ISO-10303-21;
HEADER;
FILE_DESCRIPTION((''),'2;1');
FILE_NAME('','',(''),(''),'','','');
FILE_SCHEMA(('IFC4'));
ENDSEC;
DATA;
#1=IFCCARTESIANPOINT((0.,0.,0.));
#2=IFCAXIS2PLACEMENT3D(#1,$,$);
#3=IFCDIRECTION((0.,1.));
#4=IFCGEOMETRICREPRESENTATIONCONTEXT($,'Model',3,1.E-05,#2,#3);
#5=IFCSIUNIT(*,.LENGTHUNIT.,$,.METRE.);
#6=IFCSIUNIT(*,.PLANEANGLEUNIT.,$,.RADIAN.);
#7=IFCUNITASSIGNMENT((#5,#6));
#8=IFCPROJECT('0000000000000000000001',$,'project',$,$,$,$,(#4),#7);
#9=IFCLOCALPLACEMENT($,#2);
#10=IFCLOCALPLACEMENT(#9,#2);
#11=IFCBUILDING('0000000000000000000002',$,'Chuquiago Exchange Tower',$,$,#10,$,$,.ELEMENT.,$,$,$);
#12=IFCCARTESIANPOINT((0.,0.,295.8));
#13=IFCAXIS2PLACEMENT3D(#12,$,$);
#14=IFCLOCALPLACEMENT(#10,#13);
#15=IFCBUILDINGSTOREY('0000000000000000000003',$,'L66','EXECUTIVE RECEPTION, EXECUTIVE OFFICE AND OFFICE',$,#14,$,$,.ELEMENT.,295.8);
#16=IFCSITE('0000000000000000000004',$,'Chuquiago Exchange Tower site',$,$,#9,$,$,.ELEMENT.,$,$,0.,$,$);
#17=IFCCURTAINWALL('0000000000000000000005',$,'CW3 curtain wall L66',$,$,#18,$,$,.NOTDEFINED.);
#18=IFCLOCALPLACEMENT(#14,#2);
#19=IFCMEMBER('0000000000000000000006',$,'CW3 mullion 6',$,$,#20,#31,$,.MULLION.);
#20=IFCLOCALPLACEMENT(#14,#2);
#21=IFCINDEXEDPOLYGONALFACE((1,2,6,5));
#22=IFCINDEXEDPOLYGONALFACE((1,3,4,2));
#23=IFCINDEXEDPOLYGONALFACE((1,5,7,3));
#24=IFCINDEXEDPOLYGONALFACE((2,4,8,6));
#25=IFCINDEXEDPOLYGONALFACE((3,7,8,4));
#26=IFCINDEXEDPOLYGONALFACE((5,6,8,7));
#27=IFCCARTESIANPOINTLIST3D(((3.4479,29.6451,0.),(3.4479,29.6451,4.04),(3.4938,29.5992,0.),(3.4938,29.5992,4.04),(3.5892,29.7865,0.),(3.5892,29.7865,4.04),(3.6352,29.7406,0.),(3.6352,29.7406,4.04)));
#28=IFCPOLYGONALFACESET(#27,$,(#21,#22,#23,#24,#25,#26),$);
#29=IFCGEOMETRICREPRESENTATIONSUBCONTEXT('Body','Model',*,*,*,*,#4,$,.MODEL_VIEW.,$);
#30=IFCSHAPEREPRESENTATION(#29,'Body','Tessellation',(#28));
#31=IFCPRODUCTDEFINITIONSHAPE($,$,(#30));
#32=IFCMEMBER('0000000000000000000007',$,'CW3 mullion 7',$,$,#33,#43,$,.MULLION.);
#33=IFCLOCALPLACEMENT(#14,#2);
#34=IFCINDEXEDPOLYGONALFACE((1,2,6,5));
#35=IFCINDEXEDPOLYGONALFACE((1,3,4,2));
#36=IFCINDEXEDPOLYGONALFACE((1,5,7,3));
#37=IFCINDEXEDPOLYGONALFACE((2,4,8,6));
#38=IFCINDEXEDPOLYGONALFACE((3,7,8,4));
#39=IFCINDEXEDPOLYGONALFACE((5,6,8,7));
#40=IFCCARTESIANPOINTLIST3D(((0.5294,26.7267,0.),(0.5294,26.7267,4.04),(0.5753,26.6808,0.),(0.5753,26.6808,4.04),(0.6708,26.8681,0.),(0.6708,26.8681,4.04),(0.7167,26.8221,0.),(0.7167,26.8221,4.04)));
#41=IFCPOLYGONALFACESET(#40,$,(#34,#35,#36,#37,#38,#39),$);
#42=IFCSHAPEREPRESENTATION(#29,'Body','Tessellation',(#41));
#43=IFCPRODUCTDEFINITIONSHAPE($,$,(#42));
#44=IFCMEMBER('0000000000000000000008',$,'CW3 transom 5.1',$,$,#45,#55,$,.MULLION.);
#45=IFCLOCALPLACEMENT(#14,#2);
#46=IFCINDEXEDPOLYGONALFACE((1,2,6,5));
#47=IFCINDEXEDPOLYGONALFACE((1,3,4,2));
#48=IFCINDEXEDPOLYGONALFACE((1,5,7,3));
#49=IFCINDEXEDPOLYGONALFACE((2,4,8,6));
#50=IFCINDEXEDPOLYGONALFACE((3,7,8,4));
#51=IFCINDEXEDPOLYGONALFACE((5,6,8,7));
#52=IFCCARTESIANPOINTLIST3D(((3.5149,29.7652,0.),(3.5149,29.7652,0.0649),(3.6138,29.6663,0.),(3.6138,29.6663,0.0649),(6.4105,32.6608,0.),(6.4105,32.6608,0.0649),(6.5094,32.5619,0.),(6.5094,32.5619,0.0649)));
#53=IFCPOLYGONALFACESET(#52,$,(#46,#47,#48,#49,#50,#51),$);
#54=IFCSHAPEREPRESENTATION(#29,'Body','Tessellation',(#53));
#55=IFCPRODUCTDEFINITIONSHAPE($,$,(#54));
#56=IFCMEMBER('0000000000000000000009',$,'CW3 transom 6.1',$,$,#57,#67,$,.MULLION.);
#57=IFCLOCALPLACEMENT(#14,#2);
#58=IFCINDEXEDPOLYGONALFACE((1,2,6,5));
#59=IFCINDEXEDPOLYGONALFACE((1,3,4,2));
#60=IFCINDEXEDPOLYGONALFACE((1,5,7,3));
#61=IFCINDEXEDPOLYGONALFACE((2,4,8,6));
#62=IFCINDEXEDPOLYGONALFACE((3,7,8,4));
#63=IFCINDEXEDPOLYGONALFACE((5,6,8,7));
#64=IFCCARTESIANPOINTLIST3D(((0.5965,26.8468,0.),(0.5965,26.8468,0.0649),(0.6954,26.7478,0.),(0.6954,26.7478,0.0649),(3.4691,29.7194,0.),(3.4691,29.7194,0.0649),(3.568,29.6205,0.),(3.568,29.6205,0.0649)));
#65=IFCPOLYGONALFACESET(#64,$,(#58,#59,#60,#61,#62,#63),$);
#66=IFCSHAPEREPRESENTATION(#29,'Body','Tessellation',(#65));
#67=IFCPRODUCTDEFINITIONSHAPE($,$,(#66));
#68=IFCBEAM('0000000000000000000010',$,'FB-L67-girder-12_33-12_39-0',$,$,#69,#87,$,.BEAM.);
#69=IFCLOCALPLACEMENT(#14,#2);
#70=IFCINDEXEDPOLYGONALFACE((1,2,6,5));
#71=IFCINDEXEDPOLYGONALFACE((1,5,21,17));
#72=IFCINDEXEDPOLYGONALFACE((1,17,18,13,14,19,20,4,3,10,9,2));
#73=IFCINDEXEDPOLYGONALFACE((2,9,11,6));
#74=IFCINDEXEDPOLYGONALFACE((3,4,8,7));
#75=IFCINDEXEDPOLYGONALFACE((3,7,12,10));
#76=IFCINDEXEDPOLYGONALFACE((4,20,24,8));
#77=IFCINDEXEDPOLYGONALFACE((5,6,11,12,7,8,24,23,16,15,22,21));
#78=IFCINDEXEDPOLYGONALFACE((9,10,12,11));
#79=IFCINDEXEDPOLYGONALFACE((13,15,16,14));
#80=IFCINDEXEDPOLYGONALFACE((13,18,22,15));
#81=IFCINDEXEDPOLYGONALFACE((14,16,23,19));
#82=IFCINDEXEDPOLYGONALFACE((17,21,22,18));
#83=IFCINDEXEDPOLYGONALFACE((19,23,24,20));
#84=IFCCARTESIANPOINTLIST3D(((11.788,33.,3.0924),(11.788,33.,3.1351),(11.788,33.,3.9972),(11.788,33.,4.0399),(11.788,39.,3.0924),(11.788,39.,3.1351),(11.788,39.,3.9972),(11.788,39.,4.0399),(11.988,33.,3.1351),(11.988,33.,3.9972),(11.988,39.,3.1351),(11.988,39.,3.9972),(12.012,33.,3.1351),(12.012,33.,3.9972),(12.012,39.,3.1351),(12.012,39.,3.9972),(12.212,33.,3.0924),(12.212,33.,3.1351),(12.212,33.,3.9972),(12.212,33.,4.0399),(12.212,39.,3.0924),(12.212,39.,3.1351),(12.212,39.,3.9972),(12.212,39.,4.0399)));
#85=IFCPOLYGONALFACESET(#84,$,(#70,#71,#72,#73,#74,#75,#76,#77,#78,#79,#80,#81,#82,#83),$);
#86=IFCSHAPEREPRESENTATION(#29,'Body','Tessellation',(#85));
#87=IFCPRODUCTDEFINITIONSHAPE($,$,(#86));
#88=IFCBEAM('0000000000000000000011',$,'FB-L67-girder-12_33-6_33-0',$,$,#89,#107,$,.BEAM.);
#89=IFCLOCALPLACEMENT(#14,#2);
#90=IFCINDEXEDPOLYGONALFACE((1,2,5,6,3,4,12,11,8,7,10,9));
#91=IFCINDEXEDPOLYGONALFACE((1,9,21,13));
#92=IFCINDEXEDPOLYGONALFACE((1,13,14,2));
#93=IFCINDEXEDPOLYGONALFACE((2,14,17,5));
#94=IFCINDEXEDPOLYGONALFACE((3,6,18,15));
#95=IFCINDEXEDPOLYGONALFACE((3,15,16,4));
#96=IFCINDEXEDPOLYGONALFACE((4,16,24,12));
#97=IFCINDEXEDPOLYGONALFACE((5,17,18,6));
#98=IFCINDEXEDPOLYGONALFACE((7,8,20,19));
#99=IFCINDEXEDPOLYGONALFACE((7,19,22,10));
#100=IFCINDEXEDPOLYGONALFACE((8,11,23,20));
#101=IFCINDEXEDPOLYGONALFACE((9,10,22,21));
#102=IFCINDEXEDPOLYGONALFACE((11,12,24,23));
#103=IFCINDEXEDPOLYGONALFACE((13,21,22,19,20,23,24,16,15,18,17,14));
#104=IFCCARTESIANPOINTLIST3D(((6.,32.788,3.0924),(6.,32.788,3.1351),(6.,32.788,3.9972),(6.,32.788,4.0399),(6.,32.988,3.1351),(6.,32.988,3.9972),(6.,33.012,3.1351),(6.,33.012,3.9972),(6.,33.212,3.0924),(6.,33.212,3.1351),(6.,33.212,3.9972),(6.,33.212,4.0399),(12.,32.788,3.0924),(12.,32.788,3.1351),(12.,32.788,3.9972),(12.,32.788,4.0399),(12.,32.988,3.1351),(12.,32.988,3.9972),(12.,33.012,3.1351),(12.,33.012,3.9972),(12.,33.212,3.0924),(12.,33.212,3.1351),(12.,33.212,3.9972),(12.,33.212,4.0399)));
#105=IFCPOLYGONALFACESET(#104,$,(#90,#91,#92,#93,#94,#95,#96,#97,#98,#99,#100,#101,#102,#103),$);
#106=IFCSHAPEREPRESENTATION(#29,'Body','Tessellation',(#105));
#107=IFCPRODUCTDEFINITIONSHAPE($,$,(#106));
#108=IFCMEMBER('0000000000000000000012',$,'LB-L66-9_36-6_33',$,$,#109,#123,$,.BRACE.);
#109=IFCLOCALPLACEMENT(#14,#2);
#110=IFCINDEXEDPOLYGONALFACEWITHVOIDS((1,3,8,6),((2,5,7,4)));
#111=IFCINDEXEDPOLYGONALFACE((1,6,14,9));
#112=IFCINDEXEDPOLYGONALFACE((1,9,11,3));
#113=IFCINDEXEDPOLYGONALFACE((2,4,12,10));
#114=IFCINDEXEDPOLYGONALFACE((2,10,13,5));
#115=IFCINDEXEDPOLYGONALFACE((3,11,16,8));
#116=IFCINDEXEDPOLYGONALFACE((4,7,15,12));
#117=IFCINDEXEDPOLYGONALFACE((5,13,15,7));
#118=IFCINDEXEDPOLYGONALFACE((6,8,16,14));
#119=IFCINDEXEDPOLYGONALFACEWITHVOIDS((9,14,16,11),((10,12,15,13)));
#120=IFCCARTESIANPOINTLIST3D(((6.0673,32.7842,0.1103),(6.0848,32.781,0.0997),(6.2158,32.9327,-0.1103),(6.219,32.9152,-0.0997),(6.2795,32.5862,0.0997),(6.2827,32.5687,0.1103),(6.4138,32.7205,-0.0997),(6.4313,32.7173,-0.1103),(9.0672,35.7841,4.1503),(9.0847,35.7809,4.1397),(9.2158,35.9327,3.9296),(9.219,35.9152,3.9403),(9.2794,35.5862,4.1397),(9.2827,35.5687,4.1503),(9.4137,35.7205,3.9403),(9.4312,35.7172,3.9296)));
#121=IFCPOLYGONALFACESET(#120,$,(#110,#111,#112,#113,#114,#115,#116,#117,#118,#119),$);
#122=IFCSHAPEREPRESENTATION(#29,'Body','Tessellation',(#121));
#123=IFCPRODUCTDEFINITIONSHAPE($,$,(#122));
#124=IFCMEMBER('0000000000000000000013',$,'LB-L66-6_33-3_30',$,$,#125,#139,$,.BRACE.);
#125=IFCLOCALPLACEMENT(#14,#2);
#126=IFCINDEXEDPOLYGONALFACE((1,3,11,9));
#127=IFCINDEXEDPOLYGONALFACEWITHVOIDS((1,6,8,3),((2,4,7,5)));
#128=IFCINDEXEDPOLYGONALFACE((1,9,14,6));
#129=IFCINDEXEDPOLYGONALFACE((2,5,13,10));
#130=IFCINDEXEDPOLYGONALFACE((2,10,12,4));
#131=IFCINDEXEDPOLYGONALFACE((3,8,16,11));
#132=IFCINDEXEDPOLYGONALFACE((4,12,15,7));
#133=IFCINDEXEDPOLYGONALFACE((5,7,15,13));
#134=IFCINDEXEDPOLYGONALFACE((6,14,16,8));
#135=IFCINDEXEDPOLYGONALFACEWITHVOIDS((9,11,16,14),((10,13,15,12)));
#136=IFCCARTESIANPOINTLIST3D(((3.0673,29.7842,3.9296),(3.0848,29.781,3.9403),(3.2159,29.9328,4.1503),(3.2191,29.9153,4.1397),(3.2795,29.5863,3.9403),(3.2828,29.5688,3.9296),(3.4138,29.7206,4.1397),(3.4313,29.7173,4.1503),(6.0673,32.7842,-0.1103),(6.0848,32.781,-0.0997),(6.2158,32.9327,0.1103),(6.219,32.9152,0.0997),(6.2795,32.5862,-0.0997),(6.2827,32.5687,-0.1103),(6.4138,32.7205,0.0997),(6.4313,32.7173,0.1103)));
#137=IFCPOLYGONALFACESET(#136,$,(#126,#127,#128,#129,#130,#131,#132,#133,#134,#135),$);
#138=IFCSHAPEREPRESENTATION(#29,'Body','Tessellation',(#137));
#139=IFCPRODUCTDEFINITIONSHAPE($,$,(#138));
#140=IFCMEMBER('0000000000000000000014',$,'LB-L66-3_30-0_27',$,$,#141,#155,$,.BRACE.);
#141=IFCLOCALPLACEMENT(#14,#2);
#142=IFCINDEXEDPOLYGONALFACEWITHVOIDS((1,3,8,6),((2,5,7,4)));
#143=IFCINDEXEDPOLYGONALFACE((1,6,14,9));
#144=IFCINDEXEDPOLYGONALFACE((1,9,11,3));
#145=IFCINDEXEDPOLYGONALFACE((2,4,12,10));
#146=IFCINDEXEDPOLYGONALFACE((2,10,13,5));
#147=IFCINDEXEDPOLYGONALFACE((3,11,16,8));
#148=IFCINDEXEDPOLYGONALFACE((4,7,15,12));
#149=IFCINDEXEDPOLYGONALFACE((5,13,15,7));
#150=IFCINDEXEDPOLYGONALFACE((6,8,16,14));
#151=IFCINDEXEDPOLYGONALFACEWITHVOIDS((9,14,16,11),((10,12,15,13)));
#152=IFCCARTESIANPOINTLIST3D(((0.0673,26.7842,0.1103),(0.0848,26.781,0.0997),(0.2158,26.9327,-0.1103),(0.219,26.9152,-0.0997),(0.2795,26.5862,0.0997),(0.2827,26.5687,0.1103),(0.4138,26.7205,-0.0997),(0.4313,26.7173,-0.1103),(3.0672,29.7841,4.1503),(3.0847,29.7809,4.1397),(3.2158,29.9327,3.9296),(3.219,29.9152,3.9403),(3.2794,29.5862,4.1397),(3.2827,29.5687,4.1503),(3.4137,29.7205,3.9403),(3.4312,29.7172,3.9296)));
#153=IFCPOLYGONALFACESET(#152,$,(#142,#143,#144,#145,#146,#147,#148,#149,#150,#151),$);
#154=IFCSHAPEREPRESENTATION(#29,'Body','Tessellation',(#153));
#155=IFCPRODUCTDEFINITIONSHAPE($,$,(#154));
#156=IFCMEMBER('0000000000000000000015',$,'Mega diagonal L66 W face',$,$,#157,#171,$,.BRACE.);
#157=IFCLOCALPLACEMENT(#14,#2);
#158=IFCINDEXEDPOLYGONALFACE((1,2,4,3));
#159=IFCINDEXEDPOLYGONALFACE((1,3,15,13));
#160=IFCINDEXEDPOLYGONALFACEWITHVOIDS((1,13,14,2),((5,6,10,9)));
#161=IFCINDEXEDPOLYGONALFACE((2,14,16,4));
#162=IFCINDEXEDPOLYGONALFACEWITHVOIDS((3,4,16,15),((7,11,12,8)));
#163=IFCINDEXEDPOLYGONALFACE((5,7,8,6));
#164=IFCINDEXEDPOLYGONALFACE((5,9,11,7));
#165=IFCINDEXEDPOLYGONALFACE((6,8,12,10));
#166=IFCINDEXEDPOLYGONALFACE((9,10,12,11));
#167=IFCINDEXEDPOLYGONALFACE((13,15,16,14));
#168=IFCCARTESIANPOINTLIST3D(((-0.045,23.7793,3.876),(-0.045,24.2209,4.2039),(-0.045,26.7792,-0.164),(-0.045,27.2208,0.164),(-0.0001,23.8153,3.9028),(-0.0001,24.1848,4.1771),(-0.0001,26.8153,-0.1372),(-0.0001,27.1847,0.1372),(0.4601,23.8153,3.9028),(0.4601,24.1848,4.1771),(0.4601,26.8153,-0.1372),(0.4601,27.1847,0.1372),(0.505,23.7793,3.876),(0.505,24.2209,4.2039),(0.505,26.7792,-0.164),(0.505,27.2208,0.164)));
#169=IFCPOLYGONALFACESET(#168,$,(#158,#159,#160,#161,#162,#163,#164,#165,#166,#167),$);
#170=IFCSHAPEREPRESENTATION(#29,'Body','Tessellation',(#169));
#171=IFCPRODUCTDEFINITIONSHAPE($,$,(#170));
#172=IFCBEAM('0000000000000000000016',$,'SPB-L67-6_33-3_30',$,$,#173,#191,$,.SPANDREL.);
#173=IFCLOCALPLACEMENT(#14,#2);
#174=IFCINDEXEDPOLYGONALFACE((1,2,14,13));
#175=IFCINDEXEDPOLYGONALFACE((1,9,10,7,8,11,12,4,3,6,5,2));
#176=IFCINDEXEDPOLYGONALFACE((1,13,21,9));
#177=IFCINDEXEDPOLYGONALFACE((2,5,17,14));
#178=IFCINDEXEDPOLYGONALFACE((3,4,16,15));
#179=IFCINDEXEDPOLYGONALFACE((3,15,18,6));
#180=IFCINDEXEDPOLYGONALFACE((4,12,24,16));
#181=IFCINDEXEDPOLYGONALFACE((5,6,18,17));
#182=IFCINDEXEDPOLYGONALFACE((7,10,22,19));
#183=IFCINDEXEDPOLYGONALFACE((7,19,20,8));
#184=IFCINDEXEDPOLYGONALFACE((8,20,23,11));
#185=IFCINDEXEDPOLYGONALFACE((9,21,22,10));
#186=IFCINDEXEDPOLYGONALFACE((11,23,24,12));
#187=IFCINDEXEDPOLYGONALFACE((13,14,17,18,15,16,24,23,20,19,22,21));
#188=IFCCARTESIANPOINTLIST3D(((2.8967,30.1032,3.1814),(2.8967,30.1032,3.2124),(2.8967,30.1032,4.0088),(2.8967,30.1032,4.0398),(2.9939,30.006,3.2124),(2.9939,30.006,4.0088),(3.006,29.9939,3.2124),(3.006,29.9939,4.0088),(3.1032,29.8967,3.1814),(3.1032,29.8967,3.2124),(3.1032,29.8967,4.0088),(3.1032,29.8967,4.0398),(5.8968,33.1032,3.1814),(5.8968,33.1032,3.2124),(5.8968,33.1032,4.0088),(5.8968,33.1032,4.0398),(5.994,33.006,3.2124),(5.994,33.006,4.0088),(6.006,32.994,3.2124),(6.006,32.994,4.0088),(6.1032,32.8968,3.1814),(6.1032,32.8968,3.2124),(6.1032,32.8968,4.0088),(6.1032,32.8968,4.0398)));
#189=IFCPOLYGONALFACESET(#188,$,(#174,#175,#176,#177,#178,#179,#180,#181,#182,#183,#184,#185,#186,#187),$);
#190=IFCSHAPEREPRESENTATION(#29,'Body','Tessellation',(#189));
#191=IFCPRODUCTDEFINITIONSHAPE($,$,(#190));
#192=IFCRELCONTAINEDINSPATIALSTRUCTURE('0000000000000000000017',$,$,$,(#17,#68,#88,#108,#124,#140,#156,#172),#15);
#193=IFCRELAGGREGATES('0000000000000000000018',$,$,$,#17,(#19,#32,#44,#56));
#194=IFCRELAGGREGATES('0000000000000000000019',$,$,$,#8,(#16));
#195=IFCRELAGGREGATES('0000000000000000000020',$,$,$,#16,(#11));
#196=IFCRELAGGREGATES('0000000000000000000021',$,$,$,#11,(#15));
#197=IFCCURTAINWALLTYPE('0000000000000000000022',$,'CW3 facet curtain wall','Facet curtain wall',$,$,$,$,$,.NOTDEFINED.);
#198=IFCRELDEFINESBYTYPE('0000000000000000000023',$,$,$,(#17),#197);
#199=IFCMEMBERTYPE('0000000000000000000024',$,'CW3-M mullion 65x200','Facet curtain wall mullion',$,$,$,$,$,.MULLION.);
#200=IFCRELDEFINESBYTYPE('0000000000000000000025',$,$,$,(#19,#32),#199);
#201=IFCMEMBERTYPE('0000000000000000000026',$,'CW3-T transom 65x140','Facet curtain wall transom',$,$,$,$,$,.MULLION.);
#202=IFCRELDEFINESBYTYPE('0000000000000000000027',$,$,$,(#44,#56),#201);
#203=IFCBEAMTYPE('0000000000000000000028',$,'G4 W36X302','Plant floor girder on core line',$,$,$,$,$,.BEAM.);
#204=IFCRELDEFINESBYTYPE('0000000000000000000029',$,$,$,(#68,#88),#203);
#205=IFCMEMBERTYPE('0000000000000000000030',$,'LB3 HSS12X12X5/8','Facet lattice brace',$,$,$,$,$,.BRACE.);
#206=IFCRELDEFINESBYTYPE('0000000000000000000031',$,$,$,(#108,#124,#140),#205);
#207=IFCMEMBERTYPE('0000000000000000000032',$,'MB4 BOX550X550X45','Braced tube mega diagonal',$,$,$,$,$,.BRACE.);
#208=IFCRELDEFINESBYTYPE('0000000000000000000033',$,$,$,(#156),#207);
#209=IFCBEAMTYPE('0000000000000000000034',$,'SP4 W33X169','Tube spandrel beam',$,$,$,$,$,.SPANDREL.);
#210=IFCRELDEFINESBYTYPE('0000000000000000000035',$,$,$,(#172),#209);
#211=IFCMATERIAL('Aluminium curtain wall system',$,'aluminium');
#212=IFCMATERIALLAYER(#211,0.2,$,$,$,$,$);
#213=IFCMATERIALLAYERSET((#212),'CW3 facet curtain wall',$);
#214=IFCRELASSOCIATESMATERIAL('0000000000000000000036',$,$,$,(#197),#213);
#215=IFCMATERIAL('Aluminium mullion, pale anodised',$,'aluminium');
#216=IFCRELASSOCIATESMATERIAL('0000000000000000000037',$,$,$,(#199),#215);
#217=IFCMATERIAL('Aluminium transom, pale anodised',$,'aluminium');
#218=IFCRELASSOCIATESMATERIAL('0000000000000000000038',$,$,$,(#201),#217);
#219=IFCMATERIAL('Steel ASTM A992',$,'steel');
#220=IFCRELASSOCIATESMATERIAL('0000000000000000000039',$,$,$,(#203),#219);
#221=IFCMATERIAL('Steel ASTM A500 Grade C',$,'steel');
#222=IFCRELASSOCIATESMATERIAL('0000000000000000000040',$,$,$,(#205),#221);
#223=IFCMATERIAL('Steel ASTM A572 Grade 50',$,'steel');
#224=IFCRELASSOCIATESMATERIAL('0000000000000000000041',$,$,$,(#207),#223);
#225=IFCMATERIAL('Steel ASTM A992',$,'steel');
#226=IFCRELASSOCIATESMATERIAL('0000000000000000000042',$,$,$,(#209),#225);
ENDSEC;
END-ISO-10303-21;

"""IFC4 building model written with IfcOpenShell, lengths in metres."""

from ifc_helpers import new_model, si_unit, direction, frame, origin, origin_2d, place, context, subcontext, project, spatial, rectangle, hollow_rectangle, i_section, extrude, material, layer, layer_set, material_profile, profile_set, type_object, element, aggregate, save


model = new_model("IFC4")

# Units and contexts
model_context = context("Model", 3, precision=1e-05, world=origin(), true_north=direction((0.0, 1.0)))
body_context = subcontext(model_context, "Body", "Model", "MODEL_VIEW")
ifc_project = project(units=[si_unit("LENGTHUNIT", "METRE"), si_unit("PLANEANGLEUNIT", "RADIAN")], contexts=[model_context])

# Site, building, storey
site_placement = place(None, origin())
site = spatial("IfcSite", under=ifc_project, at=site_placement, Name="Chuquiago Exchange Tower site", CompositionType="ELEMENT", RefElevation=0.0)
building_placement = place(site_placement, origin())
building = spatial("IfcBuilding", under=site, at=building_placement, Name="Chuquiago Exchange Tower", CompositionType="ELEMENT")
storey_placement = place(building_placement, frame((0.0, 0.0, 295.8)))
storey = spatial("IfcBuildingStorey", under=building, at=storey_placement, Name="L66", Description="EXECUTIVE RECEPTION, EXECUTIVE OFFICE AND OFFICE", CompositionType="ELEMENT", Elevation=295.8)

# Curtain wall, members
ifc_material_1 = material(Name="Aluminium curtain wall system", Category="aluminium")
ifc_layer_1 = layer(ifc_material_1, 0.2)
ifc_layer_set_1 = layer_set([ifc_layer_1], Name="CW3 facet curtain wall")
curtain_wall_type_1 = type_object("IfcCurtainWallType", Name="CW3 facet curtain wall", Description="Facet curtain wall", PredefinedType="NOTDEFINED", material=ifc_layer_set_1)
curtain_wall_1_placement = place(storey_placement, origin())
curtain_wall_1 = element("IfcCurtainWall", 1, at=curtain_wall_1_placement, inside=storey, type_object=curtain_wall_type_1, Name="CW3 curtain wall L66", PredefinedType="NOTDEFINED")
ifc_material_2 = material(Name="Aluminium mullion, pale anodised", Category="aluminium")
ifc_material_profile_1 = material_profile(ifc_material_2, rectangle(XDim=0.0649, YDim=0.2, at=origin_2d()), Name="AL 65x200")
ifc_profile_set_1 = profile_set([ifc_material_profile_1], Name="Aluminium mullion, pale anodised")
member_type_1 = type_object("IfcMemberType", Name="CW3-M mullion 65x200", Description="Facet curtain wall mullion", PredefinedType="MULLION", material=ifc_profile_set_1)
member_1_placement = place(storey_placement, frame((3.5415, 29.6929, 0.0), z_axis=(0.0, 0.0, 1.0), x_axis=(0.707107, -0.707107, 0.0)))
member_1 = element("IfcMember", 2, at=member_1_placement, type_object=member_type_1, Name="CW3 mullion 6", PredefinedType="MULLION", context=body_context, shape_type="SweptSolid", body=[
    extrude(rectangle(XDim=0.0649, YDim=0.2, at=origin_2d()), origin(), (0.0, 0.0, 1.0), 4.04),
])
member_2_placement = place(storey_placement, frame((0.623, 26.7744, 0.0), z_axis=(0.0, 0.0, 1.0), x_axis=(0.707107, -0.707107, 0.0)))
member_2 = element("IfcMember", 3, at=member_2_placement, type_object=member_type_1, Name="CW3 mullion 7", PredefinedType="MULLION", context=body_context, shape_type="SweptSolid", body=[
    extrude(rectangle(XDim=0.0649, YDim=0.2, at=origin_2d()), origin(), (0.0, 0.0, 1.0), 4.04),
])
ifc_material_3 = material(Name="Aluminium transom, pale anodised", Category="aluminium")
ifc_material_profile_2 = material_profile(ifc_material_3, rectangle(XDim=0.1399, YDim=0.0649, at=origin_2d()), Name="AL 140x65")
ifc_profile_set_2 = profile_set([ifc_material_profile_2], Name="Aluminium transom, pale anodised")
member_type_2 = type_object("IfcMemberType", Name="CW3-T transom 65x140", Description="Facet curtain wall transom", PredefinedType="MULLION", material=ifc_profile_set_2)
member_3_placement = place(storey_placement, frame((6.46, 32.6113, 0.0325), z_axis=(-0.707107, -0.707107, 0.0), x_axis=(0.707107, -0.707107, 0.0)))
member_3 = element("IfcMember", 4, at=member_3_placement, type_object=member_type_2, Name="CW3 transom 5.1", PredefinedType="MULLION", context=body_context, shape_type="SweptSolid", body=[
    extrude(rectangle(XDim=0.1399, YDim=0.0649, at=origin_2d()), origin(), (0.0, 0.0, 1.0), 4.095),
])
member_4_placement = place(storey_placement, frame((3.5186, 29.6699, 0.0325), z_axis=(-0.707107, -0.707107, 0.0), x_axis=(0.707107, -0.707107, 0.0)))
member_4 = element("IfcMember", 5, at=member_4_placement, type_object=member_type_2, Name="CW3 transom 6.1", PredefinedType="MULLION", context=body_context, shape_type="SweptSolid", body=[
    extrude(rectangle(XDim=0.1399, YDim=0.0649, at=origin_2d()), origin(), (0.0, 0.0, 1.0), 4.0625),
])

# Beams
ifc_material_4 = material(Name="Steel ASTM A992", Category="steel")
ifc_material_profile_3 = material_profile(ifc_material_4, i_section(OverallWidth=0.4241, OverallDepth=0.9475, WebThickness=0.0239, FlangeThickness=0.0427, at=origin_2d()), Name="W36X302")
ifc_profile_set_3 = profile_set([ifc_material_profile_3], Name="Steel ASTM A992")
beam_type_1 = type_object("IfcBeamType", Name="G4 W36X302", Description="Plant floor girder on core line", PredefinedType="BEAM", material=ifc_profile_set_3)
for number, where, z_axis, x_axis, name in (
    (6, (12.0, 33.0, 3.5662), (0.0, 1.0, 0.0), (-1.0, 0.0, 0.0), "FB-L67-girder-12_33-12_39-0"),
    (7, (12.0, 33.0, 3.5662), (-1.0, 0.0, 0.0), (0.0, -1.0, 0.0), "FB-L67-girder-12_33-6_33-0"),
):
    element("IfcBeam", number, at=place(storey_placement, frame(where, z_axis=z_axis, x_axis=x_axis)), inside=storey, type_object=beam_type_1, Name=name, PredefinedType="BEAM", context=body_context, shape_type="SweptSolid", body=[
        extrude(i_section(OverallWidth=0.4241, OverallDepth=0.9475, WebThickness=0.0239, FlangeThickness=0.0427, at=origin_2d()), origin(), (0.0, 0.0, 1.0), 6.0),
    ])

# Members
ifc_material_5 = material(Name="Steel ASTM A500 Grade C", Category="steel")
ifc_material_profile_4 = material_profile(ifc_material_5, hollow_rectangle(XDim=0.3047, YDim=0.3047, WallThickness=0.0146, at=origin_2d()), Name="HSS12X12X5/8")
ifc_profile_set_4 = profile_set([ifc_material_profile_4], Name="Steel ASTM A500 Grade C")
member_type_3 = type_object("IfcMemberType", Name="LB3 HSS12X12X5/8", Description="Facet lattice brace", PredefinedType="BRACE", material=ifc_profile_set_4)
for number, where, z_axis, x_axis, name in (
    (8, (6.2493, 32.7507, 0.0), (0.512077, 0.512077, 0.689604), (-0.707107, 0.707107, 0.0), "LB-L66-9_36-6_33"),
    (9, (6.2493, 32.7507, 0.0), (-0.512077, -0.512077, 0.689604), (0.707107, -0.707107, 0.0), "LB-L66-6_33-3_30"),
    (10, (0.2493, 26.7507, 0.0), (0.512077, 0.512077, 0.689604), (-0.707107, 0.707107, 0.0), "LB-L66-3_30-0_27"),
):
    element("IfcMember", number, at=place(storey_placement, frame(where, z_axis=z_axis, x_axis=x_axis)), inside=storey, type_object=member_type_3, Name=name, PredefinedType="BRACE", context=body_context, shape_type="SweptSolid", body=[
        extrude(hollow_rectangle(XDim=0.3047, YDim=0.3047, WallThickness=0.0146, at=origin_2d()), origin(), (0.0, 0.0, 1.0), 5.8584),
    ])
ifc_material_6 = material(Name="Steel ASTM A572 Grade 50", Category="steel")
ifc_material_profile_5 = material_profile(ifc_material_6, hollow_rectangle(XDim=0.55, YDim=0.55, WallThickness=0.0449, at=origin_2d()), Name="BOX550X550X45")
ifc_profile_set_5 = profile_set([ifc_material_profile_5], Name="Steel ASTM A572 Grade 50")
member_type_4 = type_object("IfcMemberType", Name="MB4 BOX550X550X45", Description="Braced tube mega diagonal", PredefinedType="BRACE", material=ifc_profile_set_5)
member_5_placement = place(storey_placement, frame((0.23, 27.0, 0.0), z_axis=(0.0, -0.596174, 0.802855), x_axis=(1.0, 0.0, 0.0)))
element("IfcMember", 11, at=member_5_placement, inside=storey, type_object=member_type_4, Name="Mega diagonal L66 W face", PredefinedType="BRACE", context=body_context, shape_type="SweptSolid", body=[
    extrude(hollow_rectangle(XDim=0.55, YDim=0.55, WallThickness=0.0449, at=origin_2d()), origin(), (0.0, 0.0, 1.0), 5.032),
])

# Beam
ifc_material_7 = material(Name="Steel ASTM A992", Category="steel")
ifc_material_profile_6 = material_profile(ifc_material_7, i_section(OverallWidth=0.292, OverallDepth=0.8584, WebThickness=0.0171, FlangeThickness=0.031, at=origin_2d()), Name="W33X169")
ifc_profile_set_6 = profile_set([ifc_material_profile_6], Name="Steel ASTM A992")
beam_type_2 = type_object("IfcBeamType", Name="SP4 W33X169", Description="Tube spandrel beam", PredefinedType="SPANDREL", material=ifc_profile_set_6)
for number, where, z_axis, x_axis, name in (
    (12, (6.0, 33.0, 3.6106), (-0.707107, -0.707107, 0.0), (0.707107, -0.707107, 0.0), "SPB-L67-6_33-3_30"),
):
    element("IfcBeam", number, at=place(storey_placement, frame(where, z_axis=z_axis, x_axis=x_axis)), inside=storey, type_object=beam_type_2, Name=name, PredefinedType="SPANDREL", context=body_context, shape_type="SweptSolid", body=[
        extrude(i_section(OverallWidth=0.292, OverallDepth=0.8584, WebThickness=0.0171, FlangeThickness=0.031, at=origin_2d()), origin(), (0.0, 0.0, 1.0), 4.2427),
    ])

aggregate(curtain_wall_1, [member_1, member_2, member_3, member_4])

save(model, "model.ifc")
